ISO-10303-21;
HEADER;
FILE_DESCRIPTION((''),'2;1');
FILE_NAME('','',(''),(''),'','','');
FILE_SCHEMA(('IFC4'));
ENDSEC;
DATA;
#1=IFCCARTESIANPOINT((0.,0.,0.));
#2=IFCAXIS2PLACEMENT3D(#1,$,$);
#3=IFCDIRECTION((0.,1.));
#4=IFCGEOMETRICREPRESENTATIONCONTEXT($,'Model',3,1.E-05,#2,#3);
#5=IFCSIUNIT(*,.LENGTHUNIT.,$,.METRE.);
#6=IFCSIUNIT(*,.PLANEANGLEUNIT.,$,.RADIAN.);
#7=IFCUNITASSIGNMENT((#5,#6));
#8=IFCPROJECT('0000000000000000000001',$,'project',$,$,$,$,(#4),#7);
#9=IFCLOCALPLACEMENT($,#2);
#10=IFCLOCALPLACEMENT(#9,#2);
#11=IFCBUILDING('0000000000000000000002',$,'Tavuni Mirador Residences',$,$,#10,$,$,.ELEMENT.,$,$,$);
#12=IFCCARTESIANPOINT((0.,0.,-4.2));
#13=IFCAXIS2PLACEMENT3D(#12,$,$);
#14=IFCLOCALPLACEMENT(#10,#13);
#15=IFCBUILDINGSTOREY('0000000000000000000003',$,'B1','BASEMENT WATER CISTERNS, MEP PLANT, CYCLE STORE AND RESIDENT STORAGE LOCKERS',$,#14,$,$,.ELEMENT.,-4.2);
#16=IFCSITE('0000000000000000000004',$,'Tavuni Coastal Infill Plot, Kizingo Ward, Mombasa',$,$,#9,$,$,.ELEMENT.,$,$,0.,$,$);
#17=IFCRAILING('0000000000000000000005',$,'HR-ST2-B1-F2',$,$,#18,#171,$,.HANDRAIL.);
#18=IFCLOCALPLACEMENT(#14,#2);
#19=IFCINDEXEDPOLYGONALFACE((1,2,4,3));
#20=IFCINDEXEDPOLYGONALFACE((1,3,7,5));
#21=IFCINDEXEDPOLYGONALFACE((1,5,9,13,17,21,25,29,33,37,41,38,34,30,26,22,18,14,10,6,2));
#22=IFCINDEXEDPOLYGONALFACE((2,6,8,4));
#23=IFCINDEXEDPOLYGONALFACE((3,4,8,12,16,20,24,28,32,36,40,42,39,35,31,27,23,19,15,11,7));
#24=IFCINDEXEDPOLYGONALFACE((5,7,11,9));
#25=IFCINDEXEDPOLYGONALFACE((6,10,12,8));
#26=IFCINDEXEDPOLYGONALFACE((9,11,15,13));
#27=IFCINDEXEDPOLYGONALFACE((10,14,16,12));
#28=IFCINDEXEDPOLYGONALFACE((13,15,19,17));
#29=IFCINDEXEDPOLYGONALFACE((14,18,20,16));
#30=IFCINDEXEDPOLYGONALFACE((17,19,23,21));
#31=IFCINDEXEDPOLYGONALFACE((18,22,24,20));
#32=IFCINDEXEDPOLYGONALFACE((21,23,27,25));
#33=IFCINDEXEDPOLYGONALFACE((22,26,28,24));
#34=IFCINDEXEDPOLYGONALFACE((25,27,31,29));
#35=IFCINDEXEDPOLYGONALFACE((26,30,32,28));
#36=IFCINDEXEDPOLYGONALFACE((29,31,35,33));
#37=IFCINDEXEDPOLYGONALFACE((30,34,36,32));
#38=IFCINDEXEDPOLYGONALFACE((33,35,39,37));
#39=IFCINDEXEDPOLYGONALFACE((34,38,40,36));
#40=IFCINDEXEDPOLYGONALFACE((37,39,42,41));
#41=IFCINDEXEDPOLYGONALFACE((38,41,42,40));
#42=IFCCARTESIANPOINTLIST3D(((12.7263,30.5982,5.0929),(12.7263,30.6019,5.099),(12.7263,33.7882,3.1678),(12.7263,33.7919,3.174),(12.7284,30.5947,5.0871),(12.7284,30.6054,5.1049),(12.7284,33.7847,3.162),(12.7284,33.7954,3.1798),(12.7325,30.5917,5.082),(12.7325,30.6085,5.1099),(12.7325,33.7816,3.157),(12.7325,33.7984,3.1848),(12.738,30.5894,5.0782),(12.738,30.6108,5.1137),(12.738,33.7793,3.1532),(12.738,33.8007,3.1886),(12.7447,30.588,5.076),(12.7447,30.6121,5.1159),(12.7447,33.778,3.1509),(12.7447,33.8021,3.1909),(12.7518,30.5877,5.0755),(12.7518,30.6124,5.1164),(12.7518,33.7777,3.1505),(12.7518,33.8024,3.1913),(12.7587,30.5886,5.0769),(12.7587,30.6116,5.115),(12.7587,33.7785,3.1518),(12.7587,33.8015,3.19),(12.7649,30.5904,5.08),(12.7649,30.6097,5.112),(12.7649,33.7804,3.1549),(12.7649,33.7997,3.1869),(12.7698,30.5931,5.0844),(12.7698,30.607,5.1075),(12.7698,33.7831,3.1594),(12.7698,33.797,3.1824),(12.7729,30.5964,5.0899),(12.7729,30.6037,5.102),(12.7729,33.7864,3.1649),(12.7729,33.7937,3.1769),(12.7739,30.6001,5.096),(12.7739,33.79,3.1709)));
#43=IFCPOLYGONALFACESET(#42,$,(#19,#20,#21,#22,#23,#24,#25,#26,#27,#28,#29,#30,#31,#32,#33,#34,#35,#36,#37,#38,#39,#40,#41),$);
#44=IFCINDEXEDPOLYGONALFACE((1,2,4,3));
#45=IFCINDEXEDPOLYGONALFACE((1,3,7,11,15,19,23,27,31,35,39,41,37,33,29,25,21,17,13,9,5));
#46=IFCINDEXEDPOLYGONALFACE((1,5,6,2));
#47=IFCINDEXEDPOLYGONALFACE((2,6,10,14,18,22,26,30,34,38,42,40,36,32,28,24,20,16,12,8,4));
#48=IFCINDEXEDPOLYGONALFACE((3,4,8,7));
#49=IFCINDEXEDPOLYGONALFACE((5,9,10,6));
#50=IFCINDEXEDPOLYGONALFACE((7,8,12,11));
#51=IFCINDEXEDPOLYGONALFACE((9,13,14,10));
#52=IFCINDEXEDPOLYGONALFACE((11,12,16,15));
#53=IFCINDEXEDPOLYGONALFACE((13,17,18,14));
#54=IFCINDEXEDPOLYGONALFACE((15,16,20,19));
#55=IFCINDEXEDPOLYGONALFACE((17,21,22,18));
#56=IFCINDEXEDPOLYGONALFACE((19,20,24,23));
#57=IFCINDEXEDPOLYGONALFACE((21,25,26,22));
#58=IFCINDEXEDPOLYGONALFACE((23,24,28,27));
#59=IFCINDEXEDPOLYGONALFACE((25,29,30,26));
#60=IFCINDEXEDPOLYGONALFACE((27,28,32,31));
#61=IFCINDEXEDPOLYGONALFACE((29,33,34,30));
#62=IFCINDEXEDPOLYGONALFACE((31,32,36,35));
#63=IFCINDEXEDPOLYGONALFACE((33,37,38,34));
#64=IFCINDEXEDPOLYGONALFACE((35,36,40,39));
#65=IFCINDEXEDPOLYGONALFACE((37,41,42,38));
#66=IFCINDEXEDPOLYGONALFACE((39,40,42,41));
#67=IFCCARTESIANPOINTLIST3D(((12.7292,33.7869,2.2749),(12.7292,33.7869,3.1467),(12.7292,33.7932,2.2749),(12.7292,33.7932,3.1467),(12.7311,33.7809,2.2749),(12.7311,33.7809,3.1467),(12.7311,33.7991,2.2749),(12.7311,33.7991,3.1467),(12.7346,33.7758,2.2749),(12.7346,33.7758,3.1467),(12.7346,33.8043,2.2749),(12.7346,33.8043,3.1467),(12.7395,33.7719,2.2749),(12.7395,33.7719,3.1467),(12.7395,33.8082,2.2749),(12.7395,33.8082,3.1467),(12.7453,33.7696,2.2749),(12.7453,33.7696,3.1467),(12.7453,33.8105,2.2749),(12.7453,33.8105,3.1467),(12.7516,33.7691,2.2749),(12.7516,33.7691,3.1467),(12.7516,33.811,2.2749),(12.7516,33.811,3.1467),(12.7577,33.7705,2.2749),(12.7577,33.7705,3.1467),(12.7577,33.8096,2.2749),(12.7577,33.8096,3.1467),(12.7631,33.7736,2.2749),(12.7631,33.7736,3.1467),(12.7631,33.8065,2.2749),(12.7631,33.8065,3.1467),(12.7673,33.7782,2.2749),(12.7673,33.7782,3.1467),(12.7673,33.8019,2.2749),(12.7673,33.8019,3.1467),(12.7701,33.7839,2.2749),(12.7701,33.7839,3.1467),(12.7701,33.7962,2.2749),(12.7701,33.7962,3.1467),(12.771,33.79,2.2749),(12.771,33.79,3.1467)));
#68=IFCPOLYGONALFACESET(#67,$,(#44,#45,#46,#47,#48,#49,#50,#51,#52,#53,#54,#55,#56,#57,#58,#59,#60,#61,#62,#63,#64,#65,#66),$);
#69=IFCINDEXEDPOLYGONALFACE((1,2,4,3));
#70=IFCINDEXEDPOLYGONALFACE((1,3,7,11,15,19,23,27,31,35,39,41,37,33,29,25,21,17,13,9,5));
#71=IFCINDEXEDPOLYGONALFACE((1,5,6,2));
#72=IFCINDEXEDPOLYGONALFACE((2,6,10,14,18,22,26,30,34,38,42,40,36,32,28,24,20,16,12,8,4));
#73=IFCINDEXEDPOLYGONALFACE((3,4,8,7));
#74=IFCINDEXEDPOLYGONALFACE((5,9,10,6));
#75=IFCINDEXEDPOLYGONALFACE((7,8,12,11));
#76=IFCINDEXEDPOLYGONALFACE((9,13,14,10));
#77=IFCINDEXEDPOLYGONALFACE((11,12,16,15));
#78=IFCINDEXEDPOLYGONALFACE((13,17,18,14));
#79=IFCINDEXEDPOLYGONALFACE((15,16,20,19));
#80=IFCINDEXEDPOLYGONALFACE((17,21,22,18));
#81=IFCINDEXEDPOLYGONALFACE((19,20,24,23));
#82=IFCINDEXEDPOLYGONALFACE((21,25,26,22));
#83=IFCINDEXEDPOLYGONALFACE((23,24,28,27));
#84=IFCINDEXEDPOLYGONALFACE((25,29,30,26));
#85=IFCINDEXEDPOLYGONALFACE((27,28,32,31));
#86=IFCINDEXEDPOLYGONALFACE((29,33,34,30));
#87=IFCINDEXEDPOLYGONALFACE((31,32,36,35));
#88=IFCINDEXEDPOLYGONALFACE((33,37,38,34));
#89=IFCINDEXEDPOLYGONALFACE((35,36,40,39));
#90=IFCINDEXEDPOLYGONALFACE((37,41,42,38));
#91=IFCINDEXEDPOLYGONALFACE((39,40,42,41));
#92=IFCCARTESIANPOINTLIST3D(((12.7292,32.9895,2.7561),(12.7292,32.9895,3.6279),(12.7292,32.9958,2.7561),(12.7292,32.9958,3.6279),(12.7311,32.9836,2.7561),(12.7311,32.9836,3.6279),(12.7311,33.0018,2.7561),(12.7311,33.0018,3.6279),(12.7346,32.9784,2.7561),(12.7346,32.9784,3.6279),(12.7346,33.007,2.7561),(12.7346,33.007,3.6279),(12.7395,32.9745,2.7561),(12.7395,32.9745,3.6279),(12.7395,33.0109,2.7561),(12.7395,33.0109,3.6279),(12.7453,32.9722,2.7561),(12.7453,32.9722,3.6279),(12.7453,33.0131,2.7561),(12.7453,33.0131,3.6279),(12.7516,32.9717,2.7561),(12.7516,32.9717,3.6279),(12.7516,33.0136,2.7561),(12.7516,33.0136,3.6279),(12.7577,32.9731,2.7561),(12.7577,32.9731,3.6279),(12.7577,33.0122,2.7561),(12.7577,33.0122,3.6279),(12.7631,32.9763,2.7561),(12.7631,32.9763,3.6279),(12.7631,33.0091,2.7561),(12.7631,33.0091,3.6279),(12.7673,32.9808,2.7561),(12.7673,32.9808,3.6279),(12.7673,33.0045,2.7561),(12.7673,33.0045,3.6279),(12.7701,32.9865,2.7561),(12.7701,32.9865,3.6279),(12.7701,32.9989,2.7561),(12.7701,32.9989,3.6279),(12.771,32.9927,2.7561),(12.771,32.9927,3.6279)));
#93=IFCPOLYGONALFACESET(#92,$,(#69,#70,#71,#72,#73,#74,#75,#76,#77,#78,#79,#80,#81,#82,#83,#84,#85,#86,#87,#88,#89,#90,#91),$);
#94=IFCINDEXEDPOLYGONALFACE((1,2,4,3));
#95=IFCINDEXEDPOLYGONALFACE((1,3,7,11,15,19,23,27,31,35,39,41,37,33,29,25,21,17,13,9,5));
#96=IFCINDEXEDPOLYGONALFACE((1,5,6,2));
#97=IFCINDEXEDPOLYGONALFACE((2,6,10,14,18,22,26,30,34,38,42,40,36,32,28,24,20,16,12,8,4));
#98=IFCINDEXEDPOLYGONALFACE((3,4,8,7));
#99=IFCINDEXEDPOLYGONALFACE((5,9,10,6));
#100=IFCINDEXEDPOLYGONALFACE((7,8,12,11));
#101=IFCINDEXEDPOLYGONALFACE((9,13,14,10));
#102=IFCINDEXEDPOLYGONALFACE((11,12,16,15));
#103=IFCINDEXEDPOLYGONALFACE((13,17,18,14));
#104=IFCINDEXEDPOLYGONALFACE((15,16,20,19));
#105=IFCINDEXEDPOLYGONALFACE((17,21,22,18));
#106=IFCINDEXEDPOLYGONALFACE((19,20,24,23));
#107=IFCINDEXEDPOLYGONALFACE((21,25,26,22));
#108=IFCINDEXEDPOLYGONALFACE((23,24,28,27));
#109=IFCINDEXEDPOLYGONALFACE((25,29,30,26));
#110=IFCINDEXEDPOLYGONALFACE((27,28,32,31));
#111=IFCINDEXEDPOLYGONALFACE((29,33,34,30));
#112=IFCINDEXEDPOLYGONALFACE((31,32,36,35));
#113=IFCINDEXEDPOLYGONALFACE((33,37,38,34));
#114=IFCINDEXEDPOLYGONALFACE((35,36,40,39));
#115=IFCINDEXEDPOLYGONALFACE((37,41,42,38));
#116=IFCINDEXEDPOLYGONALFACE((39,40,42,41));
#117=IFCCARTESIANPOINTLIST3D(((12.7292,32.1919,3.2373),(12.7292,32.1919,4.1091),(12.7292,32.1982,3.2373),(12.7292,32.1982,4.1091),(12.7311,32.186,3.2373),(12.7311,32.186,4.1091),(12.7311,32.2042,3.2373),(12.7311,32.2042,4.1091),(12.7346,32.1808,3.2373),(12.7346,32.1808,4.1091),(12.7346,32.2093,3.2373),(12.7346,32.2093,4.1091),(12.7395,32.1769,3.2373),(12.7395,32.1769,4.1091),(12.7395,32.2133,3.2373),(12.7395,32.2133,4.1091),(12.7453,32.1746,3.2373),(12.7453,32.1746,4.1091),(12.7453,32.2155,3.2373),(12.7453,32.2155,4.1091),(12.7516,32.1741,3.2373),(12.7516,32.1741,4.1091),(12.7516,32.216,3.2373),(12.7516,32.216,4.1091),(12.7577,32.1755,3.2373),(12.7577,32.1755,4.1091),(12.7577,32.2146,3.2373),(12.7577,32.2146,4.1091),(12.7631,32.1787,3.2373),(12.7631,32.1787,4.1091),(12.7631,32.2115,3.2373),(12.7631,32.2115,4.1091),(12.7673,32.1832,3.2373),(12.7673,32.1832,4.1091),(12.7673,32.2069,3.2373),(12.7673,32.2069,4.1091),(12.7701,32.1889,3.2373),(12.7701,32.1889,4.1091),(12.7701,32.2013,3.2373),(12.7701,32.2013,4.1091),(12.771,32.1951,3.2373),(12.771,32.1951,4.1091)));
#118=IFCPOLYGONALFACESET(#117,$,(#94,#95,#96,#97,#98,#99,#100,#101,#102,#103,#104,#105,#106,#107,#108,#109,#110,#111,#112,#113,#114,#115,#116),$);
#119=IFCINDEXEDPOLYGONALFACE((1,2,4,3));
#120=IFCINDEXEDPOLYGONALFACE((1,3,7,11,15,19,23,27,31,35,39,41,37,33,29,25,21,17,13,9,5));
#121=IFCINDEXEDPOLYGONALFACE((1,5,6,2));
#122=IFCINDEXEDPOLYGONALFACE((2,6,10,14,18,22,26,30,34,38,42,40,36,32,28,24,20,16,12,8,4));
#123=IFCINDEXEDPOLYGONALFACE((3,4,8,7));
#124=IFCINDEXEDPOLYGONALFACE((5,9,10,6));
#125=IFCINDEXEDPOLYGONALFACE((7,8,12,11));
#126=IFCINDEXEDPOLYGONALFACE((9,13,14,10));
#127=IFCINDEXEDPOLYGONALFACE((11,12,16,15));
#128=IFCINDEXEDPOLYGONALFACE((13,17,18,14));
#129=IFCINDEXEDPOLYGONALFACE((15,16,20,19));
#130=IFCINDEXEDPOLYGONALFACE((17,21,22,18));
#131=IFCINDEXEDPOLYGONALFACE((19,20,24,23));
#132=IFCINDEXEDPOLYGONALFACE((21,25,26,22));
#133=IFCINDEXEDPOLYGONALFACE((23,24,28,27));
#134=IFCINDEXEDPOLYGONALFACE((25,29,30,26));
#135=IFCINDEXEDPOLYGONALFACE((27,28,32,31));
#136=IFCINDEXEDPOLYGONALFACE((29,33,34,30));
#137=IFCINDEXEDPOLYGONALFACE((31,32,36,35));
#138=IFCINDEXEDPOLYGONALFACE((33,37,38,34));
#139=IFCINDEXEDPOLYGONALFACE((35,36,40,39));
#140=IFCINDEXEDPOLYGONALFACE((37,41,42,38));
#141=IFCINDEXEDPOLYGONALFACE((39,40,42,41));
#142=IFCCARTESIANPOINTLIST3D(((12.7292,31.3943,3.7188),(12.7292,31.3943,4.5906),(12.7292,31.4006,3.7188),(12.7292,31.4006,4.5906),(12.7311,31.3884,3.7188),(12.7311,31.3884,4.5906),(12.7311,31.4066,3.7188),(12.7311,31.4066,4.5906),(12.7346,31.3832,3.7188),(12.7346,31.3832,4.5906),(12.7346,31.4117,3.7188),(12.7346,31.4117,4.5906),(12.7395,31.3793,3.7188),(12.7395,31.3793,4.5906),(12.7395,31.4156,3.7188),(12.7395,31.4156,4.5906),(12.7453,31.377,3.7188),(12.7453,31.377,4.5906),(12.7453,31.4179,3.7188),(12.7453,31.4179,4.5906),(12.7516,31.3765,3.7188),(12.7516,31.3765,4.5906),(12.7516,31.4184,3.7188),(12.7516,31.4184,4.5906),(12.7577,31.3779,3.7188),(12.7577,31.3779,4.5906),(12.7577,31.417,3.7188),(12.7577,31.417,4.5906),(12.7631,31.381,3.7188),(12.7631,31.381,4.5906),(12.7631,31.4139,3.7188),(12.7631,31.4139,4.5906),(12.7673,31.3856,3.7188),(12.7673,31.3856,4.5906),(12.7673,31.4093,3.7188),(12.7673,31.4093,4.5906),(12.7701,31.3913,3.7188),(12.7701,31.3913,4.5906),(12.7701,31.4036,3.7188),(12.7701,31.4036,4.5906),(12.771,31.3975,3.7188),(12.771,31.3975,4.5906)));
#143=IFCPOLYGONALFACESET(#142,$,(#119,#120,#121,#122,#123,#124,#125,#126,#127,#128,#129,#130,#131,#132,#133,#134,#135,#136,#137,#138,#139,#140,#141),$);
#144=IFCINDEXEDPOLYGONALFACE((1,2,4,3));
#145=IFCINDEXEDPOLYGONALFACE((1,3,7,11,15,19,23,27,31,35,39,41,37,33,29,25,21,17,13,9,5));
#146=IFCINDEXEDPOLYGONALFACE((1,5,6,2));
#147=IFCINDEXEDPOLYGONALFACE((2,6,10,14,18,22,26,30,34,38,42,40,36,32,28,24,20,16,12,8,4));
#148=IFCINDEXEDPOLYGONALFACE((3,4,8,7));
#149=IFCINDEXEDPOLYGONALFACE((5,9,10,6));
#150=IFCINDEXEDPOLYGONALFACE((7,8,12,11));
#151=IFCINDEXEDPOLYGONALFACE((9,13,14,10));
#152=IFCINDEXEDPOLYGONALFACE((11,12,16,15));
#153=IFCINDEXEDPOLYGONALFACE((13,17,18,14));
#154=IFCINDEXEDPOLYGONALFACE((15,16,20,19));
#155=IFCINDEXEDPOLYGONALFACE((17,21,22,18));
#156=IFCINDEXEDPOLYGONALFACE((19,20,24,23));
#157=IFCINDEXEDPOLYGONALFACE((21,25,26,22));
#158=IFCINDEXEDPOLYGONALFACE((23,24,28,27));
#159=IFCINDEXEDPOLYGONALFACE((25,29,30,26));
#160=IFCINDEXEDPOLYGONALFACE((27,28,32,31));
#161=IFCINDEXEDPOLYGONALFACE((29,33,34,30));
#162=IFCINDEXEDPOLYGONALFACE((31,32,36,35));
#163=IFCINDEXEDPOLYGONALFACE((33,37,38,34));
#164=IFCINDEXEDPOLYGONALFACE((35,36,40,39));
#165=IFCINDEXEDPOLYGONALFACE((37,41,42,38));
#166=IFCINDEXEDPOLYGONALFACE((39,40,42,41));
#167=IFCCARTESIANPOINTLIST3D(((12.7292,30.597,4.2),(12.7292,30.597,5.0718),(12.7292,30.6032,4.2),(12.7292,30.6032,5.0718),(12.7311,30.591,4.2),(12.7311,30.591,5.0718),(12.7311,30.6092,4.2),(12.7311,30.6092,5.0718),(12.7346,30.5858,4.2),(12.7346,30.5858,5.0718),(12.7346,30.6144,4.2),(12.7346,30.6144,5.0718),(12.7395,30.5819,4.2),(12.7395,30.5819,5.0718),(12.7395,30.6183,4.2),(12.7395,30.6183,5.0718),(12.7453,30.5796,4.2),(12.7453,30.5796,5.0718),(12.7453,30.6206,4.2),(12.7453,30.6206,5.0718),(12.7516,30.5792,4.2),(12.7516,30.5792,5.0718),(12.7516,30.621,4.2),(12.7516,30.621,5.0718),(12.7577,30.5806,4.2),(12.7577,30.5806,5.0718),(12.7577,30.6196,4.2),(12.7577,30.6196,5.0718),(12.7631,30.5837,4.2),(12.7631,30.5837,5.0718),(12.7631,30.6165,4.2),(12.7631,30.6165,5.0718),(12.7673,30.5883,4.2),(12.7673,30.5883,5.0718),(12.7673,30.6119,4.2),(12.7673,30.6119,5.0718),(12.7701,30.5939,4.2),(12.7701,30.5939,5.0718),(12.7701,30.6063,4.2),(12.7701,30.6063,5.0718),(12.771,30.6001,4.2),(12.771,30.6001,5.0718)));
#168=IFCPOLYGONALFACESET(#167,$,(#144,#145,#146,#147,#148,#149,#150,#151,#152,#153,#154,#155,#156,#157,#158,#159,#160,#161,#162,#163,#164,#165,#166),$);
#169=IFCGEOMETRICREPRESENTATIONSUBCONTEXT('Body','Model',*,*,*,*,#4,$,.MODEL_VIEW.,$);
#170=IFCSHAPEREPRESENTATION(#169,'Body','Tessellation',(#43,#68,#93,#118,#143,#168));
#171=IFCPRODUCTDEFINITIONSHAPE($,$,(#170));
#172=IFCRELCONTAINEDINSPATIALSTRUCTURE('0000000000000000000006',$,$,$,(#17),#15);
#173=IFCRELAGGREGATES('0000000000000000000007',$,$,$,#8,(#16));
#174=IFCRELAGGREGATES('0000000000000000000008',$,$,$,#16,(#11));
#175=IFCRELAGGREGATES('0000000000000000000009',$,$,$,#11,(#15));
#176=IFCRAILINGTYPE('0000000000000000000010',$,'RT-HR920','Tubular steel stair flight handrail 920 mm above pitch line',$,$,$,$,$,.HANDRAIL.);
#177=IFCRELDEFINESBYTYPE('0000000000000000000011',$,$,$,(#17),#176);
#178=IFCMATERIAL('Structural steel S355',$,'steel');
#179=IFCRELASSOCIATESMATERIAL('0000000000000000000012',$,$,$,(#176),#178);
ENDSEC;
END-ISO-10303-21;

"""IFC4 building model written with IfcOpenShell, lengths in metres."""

from ifc_helpers import new_model, si_unit, direction, frame, origin, origin_2d, place, context, subcontext, project, spatial, circle, extrude, material, type_object, element, save


model = new_model("IFC4")

# Units and contexts
model_context = context("Model", 3, precision=1e-05, world=origin(), true_north=direction((0.0, 1.0)))
body_context = subcontext(model_context, "Body", "Model", "MODEL_VIEW")
ifc_project = project(units=[si_unit("LENGTHUNIT", "METRE"), si_unit("PLANEANGLEUNIT", "RADIAN")], contexts=[model_context])

# Site, building, storey
site_placement = place(None, origin())
site = spatial("IfcSite", under=ifc_project, at=site_placement, Name="Tavuni Coastal Infill Plot, Kizingo Ward, Mombasa", CompositionType="ELEMENT", RefElevation=0.0)
building_placement = place(site_placement, origin())
building = spatial("IfcBuilding", under=site, at=building_placement, Name="Tavuni Mirador Residences", CompositionType="ELEMENT")
storey_placement = place(building_placement, frame((0.0, 0.0, -4.2)))
storey = spatial("IfcBuildingStorey", under=building, at=storey_placement, Name="B1", Description="BASEMENT WATER CISTERNS, MEP PLANT, CYCLE STORE AND RESIDENT STORAGE LOCKERS", CompositionType="ELEMENT", Elevation=-4.2)

# Shared definitions
ifc_material_1 = material(Name="Structural steel S355", Category="steel")

# Railing
railing_type_1 = type_object("IfcRailingType", Name="RT-HR920", Description="Tubular steel stair flight handrail 920 mm above pitch line", PredefinedType="HANDRAIL", material=ifc_material_1)
railing_1_placement = place(storey_placement, frame((12.75, 33.79, 2.2749)))
element("IfcRailing", 1, at=railing_1_placement, inside=storey, type_object=railing_type_1, Name="HR-ST2-B1-F2", PredefinedType="HANDRAIL", context=body_context, shape_type="SweptSolid", body=[
    extrude(circle(Radius=0.0239, at=origin_2d()), frame((0.0, 0.0, 0.896), z_axis=(0.0, -0.856178, 0.516682), x_axis=(1.0, 0.0, 0.0)), (0.0, 0.0, 1.0), 3.7258),
    extrude(circle(Radius=0.021, at=origin_2d()), origin(), (0.0, 0.0, 1.0), 0.8718),
    extrude(circle(Radius=0.021, at=origin_2d()), frame((0.0, -0.7974, 0.4812)), (0.0, 0.0, 1.0), 0.8718),
    extrude(circle(Radius=0.021, at=origin_2d()), frame((0.0, -1.595, 0.9624)), (0.0, 0.0, 1.0), 0.8718),
    extrude(circle(Radius=0.021, at=origin_2d()), frame((0.0, -2.3926, 1.4438)), (0.0, 0.0, 1.0), 0.8718),
    extrude(circle(Radius=0.021, at=origin_2d()), frame((0.0, -3.1899, 1.925)), (0.0, 0.0, 1.0), 0.8718),
])

save(model, "model.ifc")
